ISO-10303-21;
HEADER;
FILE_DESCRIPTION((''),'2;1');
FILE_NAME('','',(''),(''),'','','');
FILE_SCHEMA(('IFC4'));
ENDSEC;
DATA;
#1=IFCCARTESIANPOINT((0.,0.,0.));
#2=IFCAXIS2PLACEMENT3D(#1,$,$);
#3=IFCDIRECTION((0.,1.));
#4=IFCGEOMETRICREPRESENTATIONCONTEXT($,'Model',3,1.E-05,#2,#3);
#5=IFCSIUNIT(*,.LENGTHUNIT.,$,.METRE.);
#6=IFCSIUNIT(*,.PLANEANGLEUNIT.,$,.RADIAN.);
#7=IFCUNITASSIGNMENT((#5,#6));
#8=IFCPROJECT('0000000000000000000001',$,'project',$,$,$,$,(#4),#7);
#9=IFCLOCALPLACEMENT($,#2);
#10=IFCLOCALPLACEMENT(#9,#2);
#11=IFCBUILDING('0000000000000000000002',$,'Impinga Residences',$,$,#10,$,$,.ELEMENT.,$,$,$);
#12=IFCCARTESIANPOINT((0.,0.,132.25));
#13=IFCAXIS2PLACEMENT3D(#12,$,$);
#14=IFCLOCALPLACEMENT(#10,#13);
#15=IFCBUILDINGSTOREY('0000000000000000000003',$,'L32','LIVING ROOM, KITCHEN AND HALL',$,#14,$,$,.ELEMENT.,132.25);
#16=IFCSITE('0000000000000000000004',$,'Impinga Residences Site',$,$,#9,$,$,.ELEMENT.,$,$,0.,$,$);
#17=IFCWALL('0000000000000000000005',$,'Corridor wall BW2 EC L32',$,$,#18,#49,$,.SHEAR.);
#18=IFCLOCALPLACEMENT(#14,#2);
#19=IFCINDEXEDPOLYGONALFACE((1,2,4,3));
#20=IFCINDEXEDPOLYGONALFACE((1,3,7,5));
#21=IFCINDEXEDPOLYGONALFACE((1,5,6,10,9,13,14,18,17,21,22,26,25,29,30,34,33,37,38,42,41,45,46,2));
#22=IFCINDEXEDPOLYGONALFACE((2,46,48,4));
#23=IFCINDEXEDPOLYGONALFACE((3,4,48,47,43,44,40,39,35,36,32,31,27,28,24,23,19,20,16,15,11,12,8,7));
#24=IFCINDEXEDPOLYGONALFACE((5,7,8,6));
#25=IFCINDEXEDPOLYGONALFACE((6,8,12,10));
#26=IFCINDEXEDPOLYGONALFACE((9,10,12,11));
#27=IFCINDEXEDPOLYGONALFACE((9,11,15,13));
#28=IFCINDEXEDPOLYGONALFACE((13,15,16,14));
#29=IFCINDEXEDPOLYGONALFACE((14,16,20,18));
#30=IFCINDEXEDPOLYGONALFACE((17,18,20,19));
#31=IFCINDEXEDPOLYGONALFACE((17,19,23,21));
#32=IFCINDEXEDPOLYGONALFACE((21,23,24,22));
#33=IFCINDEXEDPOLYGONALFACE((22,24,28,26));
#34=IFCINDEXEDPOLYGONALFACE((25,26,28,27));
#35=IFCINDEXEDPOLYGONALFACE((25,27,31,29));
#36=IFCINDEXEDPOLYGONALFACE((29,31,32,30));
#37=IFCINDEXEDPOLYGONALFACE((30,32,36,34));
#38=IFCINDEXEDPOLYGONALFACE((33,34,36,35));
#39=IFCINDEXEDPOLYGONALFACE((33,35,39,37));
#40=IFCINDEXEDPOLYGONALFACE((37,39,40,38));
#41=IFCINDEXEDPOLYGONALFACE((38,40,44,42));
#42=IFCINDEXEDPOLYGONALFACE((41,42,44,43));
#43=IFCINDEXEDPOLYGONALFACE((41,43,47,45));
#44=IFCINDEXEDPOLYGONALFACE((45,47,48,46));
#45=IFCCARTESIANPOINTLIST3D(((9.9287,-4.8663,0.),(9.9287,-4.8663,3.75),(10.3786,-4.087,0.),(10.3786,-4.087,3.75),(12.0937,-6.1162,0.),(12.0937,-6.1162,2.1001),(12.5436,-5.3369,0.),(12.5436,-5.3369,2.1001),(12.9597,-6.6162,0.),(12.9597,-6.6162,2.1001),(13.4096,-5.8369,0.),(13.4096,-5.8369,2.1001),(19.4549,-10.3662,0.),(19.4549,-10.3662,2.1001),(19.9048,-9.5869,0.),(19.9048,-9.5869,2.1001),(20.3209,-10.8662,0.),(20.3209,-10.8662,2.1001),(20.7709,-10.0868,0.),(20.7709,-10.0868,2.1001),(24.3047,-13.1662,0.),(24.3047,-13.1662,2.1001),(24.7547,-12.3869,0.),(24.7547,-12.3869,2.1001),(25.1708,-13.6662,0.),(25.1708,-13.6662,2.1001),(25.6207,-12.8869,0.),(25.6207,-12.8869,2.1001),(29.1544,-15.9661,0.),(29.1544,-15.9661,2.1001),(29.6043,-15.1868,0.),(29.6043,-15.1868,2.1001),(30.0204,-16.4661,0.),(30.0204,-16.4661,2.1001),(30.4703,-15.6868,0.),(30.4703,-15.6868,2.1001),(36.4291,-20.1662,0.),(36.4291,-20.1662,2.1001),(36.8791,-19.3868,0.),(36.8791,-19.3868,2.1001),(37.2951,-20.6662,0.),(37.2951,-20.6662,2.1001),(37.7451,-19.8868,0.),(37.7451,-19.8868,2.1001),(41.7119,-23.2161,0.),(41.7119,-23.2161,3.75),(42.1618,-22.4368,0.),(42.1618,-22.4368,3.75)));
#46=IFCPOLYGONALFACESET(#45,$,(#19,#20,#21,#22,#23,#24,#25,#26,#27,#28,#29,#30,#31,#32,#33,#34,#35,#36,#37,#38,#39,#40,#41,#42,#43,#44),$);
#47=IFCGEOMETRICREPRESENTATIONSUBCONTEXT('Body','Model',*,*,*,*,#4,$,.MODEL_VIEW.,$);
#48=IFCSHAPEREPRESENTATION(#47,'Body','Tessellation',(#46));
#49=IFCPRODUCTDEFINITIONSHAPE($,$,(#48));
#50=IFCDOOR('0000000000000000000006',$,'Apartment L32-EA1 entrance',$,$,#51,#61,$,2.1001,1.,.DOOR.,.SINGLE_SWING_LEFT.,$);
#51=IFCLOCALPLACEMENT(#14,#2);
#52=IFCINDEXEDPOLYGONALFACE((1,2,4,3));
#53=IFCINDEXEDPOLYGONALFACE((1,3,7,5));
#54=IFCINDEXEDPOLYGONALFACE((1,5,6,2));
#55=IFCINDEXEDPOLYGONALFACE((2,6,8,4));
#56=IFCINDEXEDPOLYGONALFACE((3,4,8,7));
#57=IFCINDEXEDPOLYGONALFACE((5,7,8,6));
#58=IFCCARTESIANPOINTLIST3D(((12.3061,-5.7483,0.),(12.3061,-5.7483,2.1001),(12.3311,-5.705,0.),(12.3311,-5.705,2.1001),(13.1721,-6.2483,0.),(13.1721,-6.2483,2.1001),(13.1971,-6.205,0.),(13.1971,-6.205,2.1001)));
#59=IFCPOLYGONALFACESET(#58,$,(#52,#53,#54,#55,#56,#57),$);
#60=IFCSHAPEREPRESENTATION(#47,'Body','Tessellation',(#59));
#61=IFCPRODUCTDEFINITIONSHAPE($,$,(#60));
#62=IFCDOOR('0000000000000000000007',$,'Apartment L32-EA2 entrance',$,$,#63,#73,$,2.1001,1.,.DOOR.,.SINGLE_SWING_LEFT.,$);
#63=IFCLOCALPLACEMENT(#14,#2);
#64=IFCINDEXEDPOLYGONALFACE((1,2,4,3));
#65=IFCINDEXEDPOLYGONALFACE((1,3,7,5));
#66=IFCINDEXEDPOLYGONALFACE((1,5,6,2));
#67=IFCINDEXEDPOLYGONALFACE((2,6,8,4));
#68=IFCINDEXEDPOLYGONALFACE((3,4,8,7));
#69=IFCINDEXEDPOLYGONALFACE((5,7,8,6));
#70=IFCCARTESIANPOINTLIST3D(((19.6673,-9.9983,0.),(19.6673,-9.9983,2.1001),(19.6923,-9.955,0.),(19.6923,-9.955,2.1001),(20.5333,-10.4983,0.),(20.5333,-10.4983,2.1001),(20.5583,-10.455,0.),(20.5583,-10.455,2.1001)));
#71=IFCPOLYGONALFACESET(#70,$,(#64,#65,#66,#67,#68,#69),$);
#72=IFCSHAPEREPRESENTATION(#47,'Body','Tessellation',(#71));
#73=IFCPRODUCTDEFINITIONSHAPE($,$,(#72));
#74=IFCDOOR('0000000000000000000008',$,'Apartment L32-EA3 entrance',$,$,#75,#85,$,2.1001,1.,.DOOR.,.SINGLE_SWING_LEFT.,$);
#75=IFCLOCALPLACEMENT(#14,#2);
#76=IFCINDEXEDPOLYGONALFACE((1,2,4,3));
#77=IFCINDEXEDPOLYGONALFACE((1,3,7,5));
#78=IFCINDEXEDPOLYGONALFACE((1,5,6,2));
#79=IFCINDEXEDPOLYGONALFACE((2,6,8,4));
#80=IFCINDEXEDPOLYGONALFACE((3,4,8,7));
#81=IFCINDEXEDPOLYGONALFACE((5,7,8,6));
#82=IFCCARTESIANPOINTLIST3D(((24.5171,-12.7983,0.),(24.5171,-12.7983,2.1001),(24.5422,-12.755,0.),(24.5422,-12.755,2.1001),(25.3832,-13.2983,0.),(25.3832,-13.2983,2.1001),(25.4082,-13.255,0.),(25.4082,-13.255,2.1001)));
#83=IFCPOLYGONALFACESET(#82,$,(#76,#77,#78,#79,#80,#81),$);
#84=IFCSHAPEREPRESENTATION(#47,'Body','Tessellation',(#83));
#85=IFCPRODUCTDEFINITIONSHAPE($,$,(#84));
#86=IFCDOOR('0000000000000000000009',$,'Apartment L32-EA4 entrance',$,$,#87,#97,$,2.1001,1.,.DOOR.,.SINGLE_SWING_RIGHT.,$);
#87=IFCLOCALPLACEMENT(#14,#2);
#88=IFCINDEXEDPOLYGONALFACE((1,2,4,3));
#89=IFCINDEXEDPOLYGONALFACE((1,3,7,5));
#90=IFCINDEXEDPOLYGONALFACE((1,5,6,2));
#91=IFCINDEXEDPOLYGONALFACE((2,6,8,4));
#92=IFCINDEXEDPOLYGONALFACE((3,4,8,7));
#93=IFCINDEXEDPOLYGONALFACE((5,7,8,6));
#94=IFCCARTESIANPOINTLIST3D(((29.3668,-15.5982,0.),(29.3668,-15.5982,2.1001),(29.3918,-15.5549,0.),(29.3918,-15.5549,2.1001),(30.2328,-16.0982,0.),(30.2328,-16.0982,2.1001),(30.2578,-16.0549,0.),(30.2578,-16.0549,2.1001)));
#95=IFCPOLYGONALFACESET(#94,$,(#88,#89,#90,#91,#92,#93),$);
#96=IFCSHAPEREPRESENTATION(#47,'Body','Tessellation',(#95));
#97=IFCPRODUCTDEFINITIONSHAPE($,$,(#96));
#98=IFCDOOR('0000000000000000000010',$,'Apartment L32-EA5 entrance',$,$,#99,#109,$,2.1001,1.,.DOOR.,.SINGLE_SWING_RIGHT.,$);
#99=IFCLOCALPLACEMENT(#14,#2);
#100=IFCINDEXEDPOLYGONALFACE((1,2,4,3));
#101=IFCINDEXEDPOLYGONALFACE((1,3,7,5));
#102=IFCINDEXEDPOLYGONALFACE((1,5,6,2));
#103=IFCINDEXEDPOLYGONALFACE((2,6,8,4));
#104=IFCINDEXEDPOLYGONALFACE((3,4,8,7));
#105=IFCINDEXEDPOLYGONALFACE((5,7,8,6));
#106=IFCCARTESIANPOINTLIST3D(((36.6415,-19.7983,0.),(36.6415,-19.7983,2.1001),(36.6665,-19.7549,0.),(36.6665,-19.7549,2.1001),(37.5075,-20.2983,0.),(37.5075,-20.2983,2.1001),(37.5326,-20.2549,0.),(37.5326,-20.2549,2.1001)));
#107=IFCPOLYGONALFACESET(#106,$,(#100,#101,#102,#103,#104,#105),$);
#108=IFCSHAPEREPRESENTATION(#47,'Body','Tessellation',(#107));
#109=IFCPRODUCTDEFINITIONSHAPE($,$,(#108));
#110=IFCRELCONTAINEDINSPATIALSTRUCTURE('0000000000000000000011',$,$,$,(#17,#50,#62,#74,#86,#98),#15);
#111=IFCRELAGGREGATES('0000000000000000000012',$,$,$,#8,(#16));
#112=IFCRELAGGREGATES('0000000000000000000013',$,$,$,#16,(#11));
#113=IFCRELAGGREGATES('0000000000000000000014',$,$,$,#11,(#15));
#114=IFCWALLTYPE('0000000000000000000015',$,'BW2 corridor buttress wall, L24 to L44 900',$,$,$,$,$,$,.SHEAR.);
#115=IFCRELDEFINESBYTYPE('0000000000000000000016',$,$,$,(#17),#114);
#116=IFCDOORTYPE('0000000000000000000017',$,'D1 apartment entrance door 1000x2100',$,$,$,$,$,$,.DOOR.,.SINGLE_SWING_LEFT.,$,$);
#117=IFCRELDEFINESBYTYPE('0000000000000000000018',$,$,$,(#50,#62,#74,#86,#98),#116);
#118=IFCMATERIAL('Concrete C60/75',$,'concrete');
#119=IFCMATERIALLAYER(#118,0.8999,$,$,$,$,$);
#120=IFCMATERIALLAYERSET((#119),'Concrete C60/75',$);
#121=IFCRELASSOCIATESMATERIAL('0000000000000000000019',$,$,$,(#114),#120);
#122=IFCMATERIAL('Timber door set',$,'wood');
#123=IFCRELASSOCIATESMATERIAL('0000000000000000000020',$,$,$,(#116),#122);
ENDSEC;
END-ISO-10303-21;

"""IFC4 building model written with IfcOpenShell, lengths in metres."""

from ifc_helpers import new_model, si_unit, direction, frame, frame_2d, origin, place, context, subcontext, project, spatial, rectangle, extrude, material, layer, layer_set, type_object, element, fill, save


model = new_model("IFC4")

# Units and contexts
model_context = context("Model", 3, precision=1e-05, world=origin(), true_north=direction((0.0, 1.0)))
body_context = subcontext(model_context, "Body", "Model", "MODEL_VIEW")
ifc_project = project(units=[si_unit("LENGTHUNIT", "METRE"), si_unit("PLANEANGLEUNIT", "RADIAN")], contexts=[model_context])

# Site, building, storey
site_placement = place(None, origin())
site = spatial("IfcSite", under=ifc_project, at=site_placement, Name="Impinga Residences Site", CompositionType="ELEMENT", RefElevation=0.0)
building_placement = place(site_placement, origin())
building = spatial("IfcBuilding", under=site, at=building_placement, Name="Impinga Residences", CompositionType="ELEMENT")
storey_placement = place(building_placement, frame((0.0, 0.0, 132.25)))
storey = spatial("IfcBuildingStorey", under=building, at=storey_placement, Name="L32", Description="LIVING ROOM, KITCHEN AND HALL", CompositionType="ELEMENT", Elevation=132.25)

# Wall, openings, doors
ifc_material_1 = material(Name="Concrete C60/75", Category="concrete")
ifc_layer_1 = layer(ifc_material_1, 0.8999)
ifc_layer_set_1 = layer_set([ifc_layer_1], Name="Concrete C60/75")
wall_type_1 = type_object("IfcWallType", Name="BW2 corridor buttress wall, L24 to L44 900", PredefinedType="SHEAR", material=ifc_layer_set_1)
wall_1_placement = place(storey_placement, frame((10.1536, -4.4766, 0.0), z_axis=(0.0, 0.0, 1.0), x_axis=(0.866028, -0.499996, 0.0)))
wall_1 = element("IfcWall", 1, at=wall_1_placement, inside=storey, type_object=wall_type_1, Name="Corridor wall BW2 EC L32", PredefinedType="SHEAR", context=body_context, shape_type="SweptSolid", body=[
    extrude(rectangle(XDim=36.7, YDim=0.8999, at=frame_2d((18.3501, 0.0))), origin(), (0.0, 0.0, 1.0), 3.75),
])
opening_1_placement = place(wall_1_placement, frame((2.5, 0.0, 0.0)))
opening_1 = element("IfcOpeningElement", 2, at=opening_1_placement, cuts=wall_1, PredefinedType="OPENING", context=body_context, shape_type="SweptSolid", body=[
    extrude(rectangle(XDim=1.0, YDim=2.1001, at=frame_2d((0.5, 1.05))), frame((0.0, 0.46, 0.0), z_axis=(0.0, -1.0, 0.0), x_axis=(1.0, 0.0, 0.0)), (0.0, 0.0, 1.0), 0.9199),
])
opening_2_placement = place(wall_1_placement, frame((11.0, 0.0, 0.0)))
opening_2 = element("IfcOpeningElement", 3, at=opening_2_placement, cuts=wall_1, PredefinedType="OPENING", context=body_context, shape_type="SweptSolid", body=[
    extrude(rectangle(XDim=1.0, YDim=2.1001, at=frame_2d((0.5, 1.05))), frame((0.0, 0.46, 0.0), z_axis=(0.0, -1.0, 0.0), x_axis=(1.0, 0.0, 0.0)), (0.0, 0.0, 1.0), 0.9199),
])
opening_3_placement = place(wall_1_placement, frame((16.6001, 0.0, 0.0)))
opening_3 = element("IfcOpeningElement", 4, at=opening_3_placement, cuts=wall_1, PredefinedType="OPENING", context=body_context, shape_type="SweptSolid", body=[
    extrude(rectangle(XDim=1.0, YDim=2.1001, at=frame_2d((0.5, 1.05))), frame((0.0, 0.46, 0.0), z_axis=(0.0, -1.0, 0.0), x_axis=(1.0, 0.0, 0.0)), (0.0, 0.0, 1.0), 0.9199),
])
opening_4_placement = place(wall_1_placement, frame((22.2, 0.0, 0.0)))
opening_4 = element("IfcOpeningElement", 5, at=opening_4_placement, cuts=wall_1, PredefinedType="OPENING", context=body_context, shape_type="SweptSolid", body=[
    extrude(rectangle(XDim=1.0, YDim=2.1001, at=frame_2d((0.5, 1.05))), frame((0.0, 0.46, 0.0), z_axis=(0.0, -1.0, 0.0), x_axis=(1.0, 0.0, 0.0)), (0.0, 0.0, 1.0), 0.9199),
])
opening_5_placement = place(wall_1_placement, frame((30.6001, 0.0, 0.0)))
opening_5 = element("IfcOpeningElement", 6, at=opening_5_placement, cuts=wall_1, PredefinedType="OPENING", context=body_context, shape_type="SweptSolid", body=[
    extrude(rectangle(XDim=1.0, YDim=2.1001, at=frame_2d((0.5, 1.05))), frame((0.0, 0.46, 0.0), z_axis=(0.0, -1.0, 0.0), x_axis=(1.0, 0.0, 0.0)), (0.0, 0.0, 1.0), 0.9199),
])
ifc_material_2 = material(Name="Timber door set", Category="wood")
door_type_1 = type_object("IfcDoorType", Name="D1 apartment entrance door 1000x2100", OperationType="SINGLE_SWING_LEFT", PredefinedType="DOOR", material=ifc_material_2)
door_1_placement = place(opening_1_placement, origin())
door_1 = element("IfcDoor", 7, at=door_1_placement, inside=storey, type_object=door_type_1, Name="Apartment L32-EA1 entrance", OperationType="SINGLE_SWING_LEFT", OverallHeight=2.1001, OverallWidth=1.0, PredefinedType="DOOR", context=body_context, shape_type="SweptSolid", body=[
    extrude(rectangle(XDim=1.0, YDim=2.1001, at=frame_2d((0.5, 1.05))), frame((0.0, 0.0249, 0.0), z_axis=(0.0, -1.0, 0.0), x_axis=(1.0, 0.0, 0.0)), (0.0, 0.0, 1.0), 0.05),
])
fill(opening_1, door_1)
door_2_placement = place(opening_2_placement, origin())
door_2 = element("IfcDoor", 8, at=door_2_placement, inside=storey, type_object=door_type_1, Name="Apartment L32-EA2 entrance", OperationType="SINGLE_SWING_LEFT", OverallHeight=2.1001, OverallWidth=1.0, PredefinedType="DOOR", context=body_context, shape_type="SweptSolid", body=[
    extrude(rectangle(XDim=1.0, YDim=2.1001, at=frame_2d((0.5, 1.05))), frame((0.0, 0.0249, 0.0), z_axis=(0.0, -1.0, 0.0), x_axis=(1.0, 0.0, 0.0)), (0.0, 0.0, 1.0), 0.05),
])
fill(opening_2, door_2)
door_3_placement = place(opening_3_placement, origin())
door_3 = element("IfcDoor", 9, at=door_3_placement, inside=storey, type_object=door_type_1, Name="Apartment L32-EA3 entrance", OperationType="SINGLE_SWING_LEFT", OverallHeight=2.1001, OverallWidth=1.0, PredefinedType="DOOR", context=body_context, shape_type="SweptSolid", body=[
    extrude(rectangle(XDim=1.0, YDim=2.1001, at=frame_2d((0.5, 1.05))), frame((0.0, 0.0249, 0.0), z_axis=(0.0, -1.0, 0.0), x_axis=(1.0, 0.0, 0.0)), (0.0, 0.0, 1.0), 0.05),
])
fill(opening_3, door_3)
door_4_placement = place(opening_4_placement, origin())
door_4 = element("IfcDoor", 10, at=door_4_placement, inside=storey, type_object=door_type_1, Name="Apartment L32-EA4 entrance", OperationType="SINGLE_SWING_RIGHT", OverallHeight=2.1001, OverallWidth=1.0, PredefinedType="DOOR", context=body_context, shape_type="SweptSolid", body=[
    extrude(rectangle(XDim=1.0, YDim=2.1001, at=frame_2d((0.5, 1.05))), frame((0.0, 0.0249, 0.0), z_axis=(0.0, -1.0, 0.0), x_axis=(1.0, 0.0, 0.0)), (0.0, 0.0, 1.0), 0.05),
])
fill(opening_4, door_4)
door_5_placement = place(opening_5_placement, origin())
door_5 = element("IfcDoor", 11, at=door_5_placement, inside=storey, type_object=door_type_1, Name="Apartment L32-EA5 entrance", OperationType="SINGLE_SWING_RIGHT", OverallHeight=2.1001, OverallWidth=1.0, PredefinedType="DOOR", context=body_context, shape_type="SweptSolid", body=[
    extrude(rectangle(XDim=1.0, YDim=2.1001, at=frame_2d((0.5, 1.05))), frame((0.0, 0.0249, 0.0), z_axis=(0.0, -1.0, 0.0), x_axis=(1.0, 0.0, 0.0)), (0.0, 0.0, 1.0), 0.05),
])
fill(opening_5, door_5)

save(model, "model.ifc")
